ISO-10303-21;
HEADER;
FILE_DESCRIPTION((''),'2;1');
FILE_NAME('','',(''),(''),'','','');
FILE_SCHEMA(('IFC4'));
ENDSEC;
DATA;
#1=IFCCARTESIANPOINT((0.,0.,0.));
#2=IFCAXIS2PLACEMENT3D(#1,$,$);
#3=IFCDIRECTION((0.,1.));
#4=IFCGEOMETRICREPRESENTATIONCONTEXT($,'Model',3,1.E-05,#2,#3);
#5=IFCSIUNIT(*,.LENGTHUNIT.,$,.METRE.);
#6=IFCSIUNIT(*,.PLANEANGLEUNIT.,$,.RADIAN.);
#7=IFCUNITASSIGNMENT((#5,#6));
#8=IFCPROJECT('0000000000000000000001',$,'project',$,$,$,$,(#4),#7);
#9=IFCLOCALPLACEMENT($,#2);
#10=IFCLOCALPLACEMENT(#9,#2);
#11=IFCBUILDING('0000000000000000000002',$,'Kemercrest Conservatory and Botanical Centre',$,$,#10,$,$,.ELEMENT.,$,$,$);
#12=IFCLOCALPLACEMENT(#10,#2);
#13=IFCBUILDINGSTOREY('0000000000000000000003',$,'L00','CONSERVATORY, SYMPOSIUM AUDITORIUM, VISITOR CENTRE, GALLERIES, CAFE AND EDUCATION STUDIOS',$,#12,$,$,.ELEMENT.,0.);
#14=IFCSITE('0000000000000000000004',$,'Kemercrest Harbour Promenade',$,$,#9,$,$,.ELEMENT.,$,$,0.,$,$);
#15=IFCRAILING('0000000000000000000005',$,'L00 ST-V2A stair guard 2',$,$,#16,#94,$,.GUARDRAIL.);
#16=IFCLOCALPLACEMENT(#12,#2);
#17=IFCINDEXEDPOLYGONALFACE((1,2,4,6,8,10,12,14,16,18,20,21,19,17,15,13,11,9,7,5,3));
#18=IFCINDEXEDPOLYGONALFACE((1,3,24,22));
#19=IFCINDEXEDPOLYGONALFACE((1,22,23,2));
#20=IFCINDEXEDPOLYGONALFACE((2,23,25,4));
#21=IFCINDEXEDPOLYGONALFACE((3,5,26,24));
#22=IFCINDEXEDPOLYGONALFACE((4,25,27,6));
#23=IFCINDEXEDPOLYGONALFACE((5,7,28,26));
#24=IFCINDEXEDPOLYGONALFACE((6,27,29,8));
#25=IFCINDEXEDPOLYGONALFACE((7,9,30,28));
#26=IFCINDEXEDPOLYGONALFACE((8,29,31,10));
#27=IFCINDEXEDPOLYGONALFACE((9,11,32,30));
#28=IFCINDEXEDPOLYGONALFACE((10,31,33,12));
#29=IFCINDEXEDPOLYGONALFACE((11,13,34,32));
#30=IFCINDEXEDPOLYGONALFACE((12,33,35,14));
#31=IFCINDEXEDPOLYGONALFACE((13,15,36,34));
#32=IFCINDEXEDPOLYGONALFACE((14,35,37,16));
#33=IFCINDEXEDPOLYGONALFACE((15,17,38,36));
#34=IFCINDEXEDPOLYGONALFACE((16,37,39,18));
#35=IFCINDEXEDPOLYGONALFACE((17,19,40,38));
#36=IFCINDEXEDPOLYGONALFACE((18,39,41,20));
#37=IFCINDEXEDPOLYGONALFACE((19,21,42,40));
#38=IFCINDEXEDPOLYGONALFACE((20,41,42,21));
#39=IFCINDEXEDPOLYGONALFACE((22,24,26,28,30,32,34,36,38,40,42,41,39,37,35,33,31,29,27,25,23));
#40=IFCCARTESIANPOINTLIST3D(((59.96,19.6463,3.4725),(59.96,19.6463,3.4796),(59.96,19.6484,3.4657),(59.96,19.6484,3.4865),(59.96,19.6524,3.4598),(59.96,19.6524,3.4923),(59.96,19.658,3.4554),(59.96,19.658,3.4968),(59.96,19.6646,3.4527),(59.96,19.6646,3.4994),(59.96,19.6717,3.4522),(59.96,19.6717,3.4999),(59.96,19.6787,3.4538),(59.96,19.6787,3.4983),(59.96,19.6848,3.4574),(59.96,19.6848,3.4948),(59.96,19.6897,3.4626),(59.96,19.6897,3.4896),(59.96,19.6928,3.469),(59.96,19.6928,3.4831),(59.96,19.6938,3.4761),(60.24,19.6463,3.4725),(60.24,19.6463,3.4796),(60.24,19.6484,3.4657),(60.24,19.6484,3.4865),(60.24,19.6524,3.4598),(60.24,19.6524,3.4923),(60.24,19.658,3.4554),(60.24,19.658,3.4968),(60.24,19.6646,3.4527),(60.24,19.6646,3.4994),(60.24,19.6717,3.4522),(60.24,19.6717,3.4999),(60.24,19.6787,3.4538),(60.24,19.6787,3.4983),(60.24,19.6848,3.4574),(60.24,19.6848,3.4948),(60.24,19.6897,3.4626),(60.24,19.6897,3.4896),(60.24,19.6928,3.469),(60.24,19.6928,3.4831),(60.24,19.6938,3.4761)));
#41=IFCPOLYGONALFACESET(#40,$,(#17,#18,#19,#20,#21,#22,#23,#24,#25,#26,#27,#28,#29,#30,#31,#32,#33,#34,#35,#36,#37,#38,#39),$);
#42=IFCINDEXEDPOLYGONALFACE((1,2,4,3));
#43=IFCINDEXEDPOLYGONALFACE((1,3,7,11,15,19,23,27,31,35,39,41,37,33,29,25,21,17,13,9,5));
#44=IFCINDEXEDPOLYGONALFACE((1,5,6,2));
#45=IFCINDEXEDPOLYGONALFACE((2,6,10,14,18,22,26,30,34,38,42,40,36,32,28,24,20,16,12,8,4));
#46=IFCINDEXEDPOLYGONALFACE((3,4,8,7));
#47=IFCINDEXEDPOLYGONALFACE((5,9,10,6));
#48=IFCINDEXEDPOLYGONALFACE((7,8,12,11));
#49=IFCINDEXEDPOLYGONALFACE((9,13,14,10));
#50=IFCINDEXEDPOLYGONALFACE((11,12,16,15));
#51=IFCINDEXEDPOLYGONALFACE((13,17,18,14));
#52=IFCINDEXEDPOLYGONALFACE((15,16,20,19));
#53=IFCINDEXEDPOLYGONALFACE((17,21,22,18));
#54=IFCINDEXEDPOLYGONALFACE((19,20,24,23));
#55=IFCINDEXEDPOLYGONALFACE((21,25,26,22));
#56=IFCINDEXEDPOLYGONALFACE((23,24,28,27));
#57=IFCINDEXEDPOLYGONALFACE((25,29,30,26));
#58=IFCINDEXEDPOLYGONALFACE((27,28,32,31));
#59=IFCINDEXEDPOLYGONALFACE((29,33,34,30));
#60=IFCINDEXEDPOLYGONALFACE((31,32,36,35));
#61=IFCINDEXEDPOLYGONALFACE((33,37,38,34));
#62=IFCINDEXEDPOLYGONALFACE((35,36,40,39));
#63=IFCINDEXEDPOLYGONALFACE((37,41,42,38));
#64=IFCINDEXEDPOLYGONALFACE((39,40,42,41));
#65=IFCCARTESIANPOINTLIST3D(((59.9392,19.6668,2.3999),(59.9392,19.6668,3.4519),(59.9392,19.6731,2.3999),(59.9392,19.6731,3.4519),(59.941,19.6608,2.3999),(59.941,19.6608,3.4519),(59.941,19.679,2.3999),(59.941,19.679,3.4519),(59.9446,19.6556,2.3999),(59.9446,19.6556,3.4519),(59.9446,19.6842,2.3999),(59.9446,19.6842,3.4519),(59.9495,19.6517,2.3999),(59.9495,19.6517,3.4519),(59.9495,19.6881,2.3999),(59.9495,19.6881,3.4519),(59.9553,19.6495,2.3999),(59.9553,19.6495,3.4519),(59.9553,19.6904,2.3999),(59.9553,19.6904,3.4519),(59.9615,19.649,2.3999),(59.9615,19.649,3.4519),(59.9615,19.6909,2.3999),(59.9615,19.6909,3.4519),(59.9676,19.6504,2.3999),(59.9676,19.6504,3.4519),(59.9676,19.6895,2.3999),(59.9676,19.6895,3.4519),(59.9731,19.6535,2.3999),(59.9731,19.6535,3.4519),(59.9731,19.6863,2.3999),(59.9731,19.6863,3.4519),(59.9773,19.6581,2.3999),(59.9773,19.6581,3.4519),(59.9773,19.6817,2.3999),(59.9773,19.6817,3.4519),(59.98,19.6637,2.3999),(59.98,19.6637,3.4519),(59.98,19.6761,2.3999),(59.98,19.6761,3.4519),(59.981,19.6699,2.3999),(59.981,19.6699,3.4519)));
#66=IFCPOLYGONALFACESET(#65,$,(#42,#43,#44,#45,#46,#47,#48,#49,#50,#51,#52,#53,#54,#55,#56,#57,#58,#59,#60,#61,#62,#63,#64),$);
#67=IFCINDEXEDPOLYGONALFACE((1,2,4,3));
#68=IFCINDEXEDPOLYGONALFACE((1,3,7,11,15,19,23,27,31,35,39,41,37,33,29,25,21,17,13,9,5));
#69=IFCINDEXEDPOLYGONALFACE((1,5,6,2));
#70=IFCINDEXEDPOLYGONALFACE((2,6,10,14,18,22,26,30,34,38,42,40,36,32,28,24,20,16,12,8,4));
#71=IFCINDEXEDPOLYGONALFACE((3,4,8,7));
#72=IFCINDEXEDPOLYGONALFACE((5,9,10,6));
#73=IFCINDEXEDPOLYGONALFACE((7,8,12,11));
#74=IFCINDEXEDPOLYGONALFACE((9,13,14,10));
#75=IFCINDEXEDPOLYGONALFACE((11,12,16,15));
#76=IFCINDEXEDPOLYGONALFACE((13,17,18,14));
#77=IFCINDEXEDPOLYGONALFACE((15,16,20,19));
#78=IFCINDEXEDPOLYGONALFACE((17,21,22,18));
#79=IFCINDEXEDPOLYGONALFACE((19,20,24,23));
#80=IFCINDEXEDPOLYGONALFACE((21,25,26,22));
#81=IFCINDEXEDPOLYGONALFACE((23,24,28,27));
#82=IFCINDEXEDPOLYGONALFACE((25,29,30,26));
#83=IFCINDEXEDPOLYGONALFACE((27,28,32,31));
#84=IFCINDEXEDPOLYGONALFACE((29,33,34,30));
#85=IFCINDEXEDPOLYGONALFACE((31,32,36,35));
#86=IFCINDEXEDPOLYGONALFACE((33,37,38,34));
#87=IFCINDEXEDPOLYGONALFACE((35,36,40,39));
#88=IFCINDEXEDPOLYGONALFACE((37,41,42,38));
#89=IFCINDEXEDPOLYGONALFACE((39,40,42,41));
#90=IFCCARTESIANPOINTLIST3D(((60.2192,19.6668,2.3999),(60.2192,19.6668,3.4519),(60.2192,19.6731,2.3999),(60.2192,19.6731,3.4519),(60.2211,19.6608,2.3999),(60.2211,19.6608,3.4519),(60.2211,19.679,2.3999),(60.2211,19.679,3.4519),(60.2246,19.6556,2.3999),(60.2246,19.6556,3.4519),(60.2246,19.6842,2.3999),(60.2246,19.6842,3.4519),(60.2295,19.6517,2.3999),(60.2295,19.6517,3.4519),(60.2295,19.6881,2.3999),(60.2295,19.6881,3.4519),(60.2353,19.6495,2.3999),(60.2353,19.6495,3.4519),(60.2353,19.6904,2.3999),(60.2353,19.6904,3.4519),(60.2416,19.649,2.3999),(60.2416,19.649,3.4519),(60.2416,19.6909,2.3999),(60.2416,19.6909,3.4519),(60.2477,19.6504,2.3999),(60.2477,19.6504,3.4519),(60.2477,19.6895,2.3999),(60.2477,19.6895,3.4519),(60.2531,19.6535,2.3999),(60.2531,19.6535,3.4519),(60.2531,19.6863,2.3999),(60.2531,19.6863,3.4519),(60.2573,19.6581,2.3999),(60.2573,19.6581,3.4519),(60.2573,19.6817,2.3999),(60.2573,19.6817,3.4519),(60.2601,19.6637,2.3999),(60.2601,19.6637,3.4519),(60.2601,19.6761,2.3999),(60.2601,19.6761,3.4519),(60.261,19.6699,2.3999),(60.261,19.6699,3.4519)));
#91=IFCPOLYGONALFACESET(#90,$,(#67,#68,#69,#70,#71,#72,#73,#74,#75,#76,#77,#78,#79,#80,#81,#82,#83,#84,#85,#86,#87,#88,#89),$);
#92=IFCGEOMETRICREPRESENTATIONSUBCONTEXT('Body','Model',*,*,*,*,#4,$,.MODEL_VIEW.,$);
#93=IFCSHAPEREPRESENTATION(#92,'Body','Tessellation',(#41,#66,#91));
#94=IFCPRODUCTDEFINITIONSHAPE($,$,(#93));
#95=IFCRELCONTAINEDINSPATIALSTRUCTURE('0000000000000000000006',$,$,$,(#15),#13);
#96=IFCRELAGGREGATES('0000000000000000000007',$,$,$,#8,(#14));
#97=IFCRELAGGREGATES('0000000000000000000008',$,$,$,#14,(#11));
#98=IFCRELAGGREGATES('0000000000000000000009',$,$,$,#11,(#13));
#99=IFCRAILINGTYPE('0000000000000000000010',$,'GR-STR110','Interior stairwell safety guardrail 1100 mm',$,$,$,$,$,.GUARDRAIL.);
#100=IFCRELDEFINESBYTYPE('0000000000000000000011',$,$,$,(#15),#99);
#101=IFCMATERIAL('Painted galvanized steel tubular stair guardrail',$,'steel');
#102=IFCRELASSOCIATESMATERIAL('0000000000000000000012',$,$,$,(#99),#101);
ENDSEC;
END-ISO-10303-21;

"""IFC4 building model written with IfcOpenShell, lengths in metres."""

from ifc_helpers import new_model, si_unit, direction, frame, origin, origin_2d, place, context, subcontext, project, spatial, circle, extrude, material, type_object, element, save


model = new_model("IFC4")

# Units and contexts
model_context = context("Model", 3, precision=1e-05, world=origin(), true_north=direction((0.0, 1.0)))
body_context = subcontext(model_context, "Body", "Model", "MODEL_VIEW")
ifc_project = project(units=[si_unit("LENGTHUNIT", "METRE"), si_unit("PLANEANGLEUNIT", "RADIAN")], contexts=[model_context])

# Site, building, storey
site_placement = place(None, origin())
site = spatial("IfcSite", under=ifc_project, at=site_placement, Name="Kemercrest Harbour Promenade", CompositionType="ELEMENT", RefElevation=0.0)
building_placement = place(site_placement, origin())
building = spatial("IfcBuilding", under=site, at=building_placement, Name="Kemercrest Conservatory and Botanical Centre", CompositionType="ELEMENT")
storey_placement = place(building_placement, origin())
storey = spatial("IfcBuildingStorey", under=building, at=storey_placement, Name="L00", Description="CONSERVATORY, SYMPOSIUM AUDITORIUM, VISITOR CENTRE, GALLERIES, CAFE AND EDUCATION STUDIOS", CompositionType="ELEMENT", Elevation=0.0)

# Railing
ifc_material_1 = material(Name="Painted galvanized steel tubular stair guardrail", Category="steel")
railing_type_1 = type_object("IfcRailingType", Name="GR-STR110", Description="Interior stairwell safety guardrail 1100 mm", PredefinedType="GUARDRAIL", material=ifc_material_1)
railing_1_placement = place(storey_placement, frame((59.96, 19.6699, 2.3999)))
element("IfcRailing", 1, at=railing_1_placement, inside=storey, type_object=railing_type_1, Name="L00 ST-V2A stair guard 2", PredefinedType="GUARDRAIL", context=body_context, shape_type="SweptSolid", body=[
    extrude(circle(Radius=0.0239, at=origin_2d()), frame((0.0, 0.0, 1.0762), z_axis=(1.0, 0.0, 0.0), x_axis=(0.0, 1.0, 0.0)), (0.0, 0.0, 1.0), 0.28),
    extrude(circle(Radius=0.021, at=origin_2d()), origin(), (0.0, 0.0, 1.0), 1.052),
    extrude(circle(Radius=0.021, at=origin_2d()), frame((0.28, 0.0, 0.0)), (0.0, 0.0, 1.0), 1.052),
])

save(model, "model.ifc")
